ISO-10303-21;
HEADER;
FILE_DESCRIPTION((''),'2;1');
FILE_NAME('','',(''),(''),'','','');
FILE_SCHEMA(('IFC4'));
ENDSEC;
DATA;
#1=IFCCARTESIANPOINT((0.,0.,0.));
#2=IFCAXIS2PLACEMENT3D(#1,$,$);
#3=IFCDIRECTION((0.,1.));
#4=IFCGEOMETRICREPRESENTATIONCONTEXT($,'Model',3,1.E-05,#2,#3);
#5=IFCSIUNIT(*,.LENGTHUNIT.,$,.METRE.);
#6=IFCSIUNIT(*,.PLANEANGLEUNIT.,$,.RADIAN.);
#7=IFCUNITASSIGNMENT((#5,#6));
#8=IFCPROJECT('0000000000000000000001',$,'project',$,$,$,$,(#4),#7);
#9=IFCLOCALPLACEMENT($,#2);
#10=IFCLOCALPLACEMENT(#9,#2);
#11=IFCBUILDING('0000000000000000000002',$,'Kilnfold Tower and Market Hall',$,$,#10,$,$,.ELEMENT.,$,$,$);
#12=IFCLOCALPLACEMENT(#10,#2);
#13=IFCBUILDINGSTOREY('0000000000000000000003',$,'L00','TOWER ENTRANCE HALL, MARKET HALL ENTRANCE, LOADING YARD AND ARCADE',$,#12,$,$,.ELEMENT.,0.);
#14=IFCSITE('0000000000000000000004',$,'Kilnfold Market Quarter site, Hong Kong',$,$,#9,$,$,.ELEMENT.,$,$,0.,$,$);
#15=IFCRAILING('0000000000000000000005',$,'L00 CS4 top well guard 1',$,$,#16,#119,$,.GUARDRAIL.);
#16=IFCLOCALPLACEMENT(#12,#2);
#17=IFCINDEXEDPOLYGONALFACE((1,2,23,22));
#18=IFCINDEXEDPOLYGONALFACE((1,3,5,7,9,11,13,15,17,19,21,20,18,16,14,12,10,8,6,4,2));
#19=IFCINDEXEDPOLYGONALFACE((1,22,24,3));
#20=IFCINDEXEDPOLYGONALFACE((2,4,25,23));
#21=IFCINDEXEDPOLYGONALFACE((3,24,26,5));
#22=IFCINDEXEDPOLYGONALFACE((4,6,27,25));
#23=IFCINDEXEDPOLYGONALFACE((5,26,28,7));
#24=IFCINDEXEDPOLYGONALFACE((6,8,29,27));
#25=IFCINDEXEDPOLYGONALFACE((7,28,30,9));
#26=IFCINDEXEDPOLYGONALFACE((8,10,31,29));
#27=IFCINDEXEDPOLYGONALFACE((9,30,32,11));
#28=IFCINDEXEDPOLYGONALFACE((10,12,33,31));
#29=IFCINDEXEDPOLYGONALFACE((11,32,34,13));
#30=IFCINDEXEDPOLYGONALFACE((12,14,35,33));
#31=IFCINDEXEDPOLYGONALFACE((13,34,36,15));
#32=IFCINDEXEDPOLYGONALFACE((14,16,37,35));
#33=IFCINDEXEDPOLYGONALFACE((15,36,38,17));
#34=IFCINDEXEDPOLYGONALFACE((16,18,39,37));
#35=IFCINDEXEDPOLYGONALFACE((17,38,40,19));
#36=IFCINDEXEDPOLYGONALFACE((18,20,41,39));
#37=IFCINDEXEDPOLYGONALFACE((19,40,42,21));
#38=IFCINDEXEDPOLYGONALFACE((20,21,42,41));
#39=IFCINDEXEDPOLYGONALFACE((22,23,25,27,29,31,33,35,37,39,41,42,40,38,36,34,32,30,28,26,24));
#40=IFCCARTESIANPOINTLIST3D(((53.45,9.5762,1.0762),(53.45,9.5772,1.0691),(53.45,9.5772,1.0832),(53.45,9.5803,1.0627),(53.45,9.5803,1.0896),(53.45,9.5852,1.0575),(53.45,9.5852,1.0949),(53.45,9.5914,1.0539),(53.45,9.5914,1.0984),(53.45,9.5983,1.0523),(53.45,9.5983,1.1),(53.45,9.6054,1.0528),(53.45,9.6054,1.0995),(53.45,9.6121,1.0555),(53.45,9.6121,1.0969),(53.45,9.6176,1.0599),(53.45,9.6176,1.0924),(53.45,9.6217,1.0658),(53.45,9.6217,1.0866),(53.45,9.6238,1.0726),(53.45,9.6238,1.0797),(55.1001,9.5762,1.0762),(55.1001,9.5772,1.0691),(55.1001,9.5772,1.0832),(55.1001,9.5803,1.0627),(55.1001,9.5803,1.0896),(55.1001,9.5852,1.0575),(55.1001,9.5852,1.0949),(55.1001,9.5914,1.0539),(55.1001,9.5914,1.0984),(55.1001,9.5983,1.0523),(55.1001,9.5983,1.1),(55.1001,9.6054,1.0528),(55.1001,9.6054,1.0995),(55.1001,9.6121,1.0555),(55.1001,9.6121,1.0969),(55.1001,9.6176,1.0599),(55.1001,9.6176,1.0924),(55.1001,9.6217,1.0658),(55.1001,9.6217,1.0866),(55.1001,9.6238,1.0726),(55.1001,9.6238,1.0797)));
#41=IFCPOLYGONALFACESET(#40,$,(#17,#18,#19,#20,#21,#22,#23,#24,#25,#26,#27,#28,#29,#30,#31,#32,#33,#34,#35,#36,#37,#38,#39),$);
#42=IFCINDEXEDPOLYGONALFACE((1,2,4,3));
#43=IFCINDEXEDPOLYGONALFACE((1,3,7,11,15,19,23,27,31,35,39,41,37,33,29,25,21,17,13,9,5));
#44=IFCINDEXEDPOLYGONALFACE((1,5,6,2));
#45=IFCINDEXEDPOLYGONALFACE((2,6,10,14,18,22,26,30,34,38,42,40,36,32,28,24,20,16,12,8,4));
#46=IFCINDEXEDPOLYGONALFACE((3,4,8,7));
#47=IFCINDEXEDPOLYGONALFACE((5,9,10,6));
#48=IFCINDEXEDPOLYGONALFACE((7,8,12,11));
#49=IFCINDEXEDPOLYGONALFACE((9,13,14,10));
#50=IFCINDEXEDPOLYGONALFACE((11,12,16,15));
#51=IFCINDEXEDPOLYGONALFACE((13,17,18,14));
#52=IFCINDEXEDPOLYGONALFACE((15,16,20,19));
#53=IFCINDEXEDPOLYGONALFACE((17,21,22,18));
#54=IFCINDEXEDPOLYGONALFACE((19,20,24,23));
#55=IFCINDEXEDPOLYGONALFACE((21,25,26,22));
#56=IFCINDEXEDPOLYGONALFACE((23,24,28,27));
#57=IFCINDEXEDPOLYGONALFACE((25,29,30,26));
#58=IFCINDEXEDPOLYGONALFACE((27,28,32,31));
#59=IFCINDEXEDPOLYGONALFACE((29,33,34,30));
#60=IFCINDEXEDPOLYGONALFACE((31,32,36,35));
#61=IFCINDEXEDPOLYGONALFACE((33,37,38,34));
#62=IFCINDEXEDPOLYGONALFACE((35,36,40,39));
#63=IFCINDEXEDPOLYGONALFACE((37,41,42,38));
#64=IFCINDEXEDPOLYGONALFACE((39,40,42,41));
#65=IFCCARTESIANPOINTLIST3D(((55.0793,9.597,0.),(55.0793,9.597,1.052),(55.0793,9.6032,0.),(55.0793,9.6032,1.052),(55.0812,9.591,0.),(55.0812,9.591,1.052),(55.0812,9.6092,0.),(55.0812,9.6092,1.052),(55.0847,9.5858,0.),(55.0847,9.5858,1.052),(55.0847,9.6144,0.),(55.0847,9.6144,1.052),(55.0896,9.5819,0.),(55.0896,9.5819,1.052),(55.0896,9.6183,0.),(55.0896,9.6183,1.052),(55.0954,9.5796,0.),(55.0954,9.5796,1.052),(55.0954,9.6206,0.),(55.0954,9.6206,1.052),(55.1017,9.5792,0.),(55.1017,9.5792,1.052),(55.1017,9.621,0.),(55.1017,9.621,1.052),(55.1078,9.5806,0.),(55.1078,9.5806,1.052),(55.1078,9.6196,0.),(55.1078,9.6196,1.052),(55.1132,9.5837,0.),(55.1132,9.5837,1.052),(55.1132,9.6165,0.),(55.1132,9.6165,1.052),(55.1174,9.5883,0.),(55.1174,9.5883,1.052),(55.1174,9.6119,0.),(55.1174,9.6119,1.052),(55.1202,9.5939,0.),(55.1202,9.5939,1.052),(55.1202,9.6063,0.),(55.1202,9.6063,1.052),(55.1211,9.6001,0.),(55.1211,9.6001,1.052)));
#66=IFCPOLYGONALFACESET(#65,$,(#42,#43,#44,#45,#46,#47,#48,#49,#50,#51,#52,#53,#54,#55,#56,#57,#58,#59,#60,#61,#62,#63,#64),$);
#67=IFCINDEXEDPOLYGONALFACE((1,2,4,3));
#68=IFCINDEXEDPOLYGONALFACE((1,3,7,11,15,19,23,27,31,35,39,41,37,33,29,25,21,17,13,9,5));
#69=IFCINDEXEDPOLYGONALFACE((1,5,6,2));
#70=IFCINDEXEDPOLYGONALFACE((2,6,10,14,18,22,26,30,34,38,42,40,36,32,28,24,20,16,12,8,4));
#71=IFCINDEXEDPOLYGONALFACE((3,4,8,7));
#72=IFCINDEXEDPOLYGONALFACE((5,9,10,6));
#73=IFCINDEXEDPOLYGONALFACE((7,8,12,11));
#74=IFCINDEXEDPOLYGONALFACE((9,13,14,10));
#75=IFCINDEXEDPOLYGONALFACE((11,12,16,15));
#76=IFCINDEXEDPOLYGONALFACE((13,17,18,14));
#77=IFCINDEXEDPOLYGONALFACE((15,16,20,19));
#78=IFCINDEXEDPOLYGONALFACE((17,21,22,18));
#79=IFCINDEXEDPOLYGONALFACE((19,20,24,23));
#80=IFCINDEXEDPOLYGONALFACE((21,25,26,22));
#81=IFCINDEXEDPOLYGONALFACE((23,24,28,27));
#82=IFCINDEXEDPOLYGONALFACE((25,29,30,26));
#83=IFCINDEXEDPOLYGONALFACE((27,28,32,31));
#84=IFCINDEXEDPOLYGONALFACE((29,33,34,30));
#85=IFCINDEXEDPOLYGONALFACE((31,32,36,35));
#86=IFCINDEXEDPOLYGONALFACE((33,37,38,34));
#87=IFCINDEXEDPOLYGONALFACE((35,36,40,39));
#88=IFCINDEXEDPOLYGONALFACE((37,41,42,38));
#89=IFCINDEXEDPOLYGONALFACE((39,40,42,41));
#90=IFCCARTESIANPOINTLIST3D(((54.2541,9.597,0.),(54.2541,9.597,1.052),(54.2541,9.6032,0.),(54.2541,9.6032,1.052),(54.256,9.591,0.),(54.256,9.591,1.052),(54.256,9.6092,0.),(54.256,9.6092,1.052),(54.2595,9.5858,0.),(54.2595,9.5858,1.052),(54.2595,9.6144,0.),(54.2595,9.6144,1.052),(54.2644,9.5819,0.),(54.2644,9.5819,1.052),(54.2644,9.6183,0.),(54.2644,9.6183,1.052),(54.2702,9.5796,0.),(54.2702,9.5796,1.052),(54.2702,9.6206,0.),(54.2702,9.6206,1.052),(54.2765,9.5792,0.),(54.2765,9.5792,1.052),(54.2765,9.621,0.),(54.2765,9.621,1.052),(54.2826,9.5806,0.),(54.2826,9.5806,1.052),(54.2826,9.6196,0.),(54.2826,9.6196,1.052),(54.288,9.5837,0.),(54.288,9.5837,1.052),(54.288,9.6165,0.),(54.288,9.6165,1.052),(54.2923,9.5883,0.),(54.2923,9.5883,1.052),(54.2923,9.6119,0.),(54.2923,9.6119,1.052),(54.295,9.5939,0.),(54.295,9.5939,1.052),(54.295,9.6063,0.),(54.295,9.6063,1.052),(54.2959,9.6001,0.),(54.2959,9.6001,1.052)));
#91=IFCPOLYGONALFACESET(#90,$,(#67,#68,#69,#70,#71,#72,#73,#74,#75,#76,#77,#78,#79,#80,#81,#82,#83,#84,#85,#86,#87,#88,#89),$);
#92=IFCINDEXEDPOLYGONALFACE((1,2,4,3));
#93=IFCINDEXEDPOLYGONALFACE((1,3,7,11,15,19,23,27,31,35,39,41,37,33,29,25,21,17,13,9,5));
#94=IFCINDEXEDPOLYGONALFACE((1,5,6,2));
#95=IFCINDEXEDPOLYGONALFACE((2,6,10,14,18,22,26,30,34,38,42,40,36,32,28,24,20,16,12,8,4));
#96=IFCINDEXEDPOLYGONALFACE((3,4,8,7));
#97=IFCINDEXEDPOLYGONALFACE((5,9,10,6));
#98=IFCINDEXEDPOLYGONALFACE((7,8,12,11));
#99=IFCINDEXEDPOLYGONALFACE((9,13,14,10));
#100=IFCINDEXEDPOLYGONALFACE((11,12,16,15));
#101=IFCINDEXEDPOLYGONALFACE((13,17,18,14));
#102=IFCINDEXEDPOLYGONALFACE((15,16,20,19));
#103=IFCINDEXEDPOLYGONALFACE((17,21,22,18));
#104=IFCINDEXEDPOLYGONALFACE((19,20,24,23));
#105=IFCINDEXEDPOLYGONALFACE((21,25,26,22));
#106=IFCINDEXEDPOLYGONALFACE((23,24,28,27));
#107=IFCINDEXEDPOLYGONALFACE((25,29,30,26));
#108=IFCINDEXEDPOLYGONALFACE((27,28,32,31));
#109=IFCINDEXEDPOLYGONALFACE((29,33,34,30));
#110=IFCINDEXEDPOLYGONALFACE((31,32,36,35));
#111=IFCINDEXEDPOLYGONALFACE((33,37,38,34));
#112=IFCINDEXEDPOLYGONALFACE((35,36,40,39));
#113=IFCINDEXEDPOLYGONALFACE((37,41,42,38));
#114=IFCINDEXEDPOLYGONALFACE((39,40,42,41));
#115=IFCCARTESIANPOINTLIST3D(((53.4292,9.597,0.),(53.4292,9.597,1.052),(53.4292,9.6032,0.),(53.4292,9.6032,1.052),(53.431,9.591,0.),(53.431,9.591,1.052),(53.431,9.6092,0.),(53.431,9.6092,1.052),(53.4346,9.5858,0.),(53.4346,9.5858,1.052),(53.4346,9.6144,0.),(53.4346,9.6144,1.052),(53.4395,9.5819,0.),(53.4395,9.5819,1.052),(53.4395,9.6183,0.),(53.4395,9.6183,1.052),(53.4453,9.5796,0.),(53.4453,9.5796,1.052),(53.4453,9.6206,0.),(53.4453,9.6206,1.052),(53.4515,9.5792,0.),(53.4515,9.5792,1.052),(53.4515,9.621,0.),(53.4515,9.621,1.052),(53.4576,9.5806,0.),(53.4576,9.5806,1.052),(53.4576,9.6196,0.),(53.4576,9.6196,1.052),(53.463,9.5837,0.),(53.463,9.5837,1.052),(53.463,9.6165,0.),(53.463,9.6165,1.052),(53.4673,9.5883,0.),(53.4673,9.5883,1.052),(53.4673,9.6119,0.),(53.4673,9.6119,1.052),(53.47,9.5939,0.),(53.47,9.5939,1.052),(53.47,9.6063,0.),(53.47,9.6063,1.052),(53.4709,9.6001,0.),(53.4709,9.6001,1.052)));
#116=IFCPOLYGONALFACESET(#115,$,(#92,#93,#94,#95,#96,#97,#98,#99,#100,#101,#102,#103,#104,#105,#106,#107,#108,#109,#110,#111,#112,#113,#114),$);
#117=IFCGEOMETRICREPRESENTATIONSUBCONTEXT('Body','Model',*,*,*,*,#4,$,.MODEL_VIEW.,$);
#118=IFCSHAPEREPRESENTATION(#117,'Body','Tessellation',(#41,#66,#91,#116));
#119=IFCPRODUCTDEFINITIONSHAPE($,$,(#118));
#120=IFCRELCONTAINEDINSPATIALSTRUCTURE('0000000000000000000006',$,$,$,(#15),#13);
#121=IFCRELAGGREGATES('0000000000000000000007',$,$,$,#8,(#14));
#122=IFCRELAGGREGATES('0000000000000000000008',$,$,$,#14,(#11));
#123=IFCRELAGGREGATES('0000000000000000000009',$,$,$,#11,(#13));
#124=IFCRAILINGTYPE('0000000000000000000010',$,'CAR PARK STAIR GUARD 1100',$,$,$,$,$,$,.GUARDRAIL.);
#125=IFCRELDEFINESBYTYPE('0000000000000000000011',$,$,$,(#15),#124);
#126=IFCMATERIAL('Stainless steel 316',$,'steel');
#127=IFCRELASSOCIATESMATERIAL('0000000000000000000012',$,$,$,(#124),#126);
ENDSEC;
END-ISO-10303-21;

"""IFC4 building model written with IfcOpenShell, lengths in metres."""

from ifc_helpers import new_model, si_unit, direction, frame, origin, origin_2d, place, context, subcontext, project, spatial, circle, extrude, material, type_object, element, save


model = new_model("IFC4")

# Units and contexts
model_context = context("Model", 3, precision=1e-05, world=origin(), true_north=direction((0.0, 1.0)))
body_context = subcontext(model_context, "Body", "Model", "MODEL_VIEW")
ifc_project = project(units=[si_unit("LENGTHUNIT", "METRE"), si_unit("PLANEANGLEUNIT", "RADIAN")], contexts=[model_context])

# Site, building, storey
site_placement = place(None, origin())
site = spatial("IfcSite", under=ifc_project, at=site_placement, Name="Kilnfold Market Quarter site, Hong Kong", CompositionType="ELEMENT", RefElevation=0.0)
building_placement = place(site_placement, origin())
building = spatial("IfcBuilding", under=site, at=building_placement, Name="Kilnfold Tower and Market Hall", CompositionType="ELEMENT")
storey_placement = place(building_placement, origin())
storey = spatial("IfcBuildingStorey", under=building, at=storey_placement, Name="L00", Description="TOWER ENTRANCE HALL, MARKET HALL ENTRANCE, LOADING YARD AND ARCADE", CompositionType="ELEMENT", Elevation=0.0)

# Railing
ifc_material_1 = material(Name="Stainless steel 316", Category="steel")
railing_type_1 = type_object("IfcRailingType", Name="CAR PARK STAIR GUARD 1100", PredefinedType="GUARDRAIL", material=ifc_material_1)
railing_1_placement = place(storey_placement, frame((55.1001, 9.6001, 0.0)))
element("IfcRailing", 1, at=railing_1_placement, inside=storey, type_object=railing_type_1, Name="L00 CS4 top well guard 1", PredefinedType="GUARDRAIL", context=body_context, shape_type="SweptSolid", body=[
    extrude(circle(Radius=0.0239, at=origin_2d()), frame((0.0, 0.0, 1.0762), z_axis=(-1.0, 0.0, 0.0), x_axis=(0.0, -1.0, 0.0)), (0.0, 0.0, 1.0), 1.6501),
    extrude(circle(Radius=0.021, at=origin_2d()), origin(), (0.0, 0.0, 1.0), 1.052),
    extrude(circle(Radius=0.021, at=origin_2d()), frame((-0.8252, 0.0, 0.0)), (0.0, 0.0, 1.0), 1.052),
    extrude(circle(Radius=0.021, at=origin_2d()), frame((-1.6501, 0.0, 0.0)), (0.0, 0.0, 1.0), 1.052),
])

save(model, "model.ifc")
